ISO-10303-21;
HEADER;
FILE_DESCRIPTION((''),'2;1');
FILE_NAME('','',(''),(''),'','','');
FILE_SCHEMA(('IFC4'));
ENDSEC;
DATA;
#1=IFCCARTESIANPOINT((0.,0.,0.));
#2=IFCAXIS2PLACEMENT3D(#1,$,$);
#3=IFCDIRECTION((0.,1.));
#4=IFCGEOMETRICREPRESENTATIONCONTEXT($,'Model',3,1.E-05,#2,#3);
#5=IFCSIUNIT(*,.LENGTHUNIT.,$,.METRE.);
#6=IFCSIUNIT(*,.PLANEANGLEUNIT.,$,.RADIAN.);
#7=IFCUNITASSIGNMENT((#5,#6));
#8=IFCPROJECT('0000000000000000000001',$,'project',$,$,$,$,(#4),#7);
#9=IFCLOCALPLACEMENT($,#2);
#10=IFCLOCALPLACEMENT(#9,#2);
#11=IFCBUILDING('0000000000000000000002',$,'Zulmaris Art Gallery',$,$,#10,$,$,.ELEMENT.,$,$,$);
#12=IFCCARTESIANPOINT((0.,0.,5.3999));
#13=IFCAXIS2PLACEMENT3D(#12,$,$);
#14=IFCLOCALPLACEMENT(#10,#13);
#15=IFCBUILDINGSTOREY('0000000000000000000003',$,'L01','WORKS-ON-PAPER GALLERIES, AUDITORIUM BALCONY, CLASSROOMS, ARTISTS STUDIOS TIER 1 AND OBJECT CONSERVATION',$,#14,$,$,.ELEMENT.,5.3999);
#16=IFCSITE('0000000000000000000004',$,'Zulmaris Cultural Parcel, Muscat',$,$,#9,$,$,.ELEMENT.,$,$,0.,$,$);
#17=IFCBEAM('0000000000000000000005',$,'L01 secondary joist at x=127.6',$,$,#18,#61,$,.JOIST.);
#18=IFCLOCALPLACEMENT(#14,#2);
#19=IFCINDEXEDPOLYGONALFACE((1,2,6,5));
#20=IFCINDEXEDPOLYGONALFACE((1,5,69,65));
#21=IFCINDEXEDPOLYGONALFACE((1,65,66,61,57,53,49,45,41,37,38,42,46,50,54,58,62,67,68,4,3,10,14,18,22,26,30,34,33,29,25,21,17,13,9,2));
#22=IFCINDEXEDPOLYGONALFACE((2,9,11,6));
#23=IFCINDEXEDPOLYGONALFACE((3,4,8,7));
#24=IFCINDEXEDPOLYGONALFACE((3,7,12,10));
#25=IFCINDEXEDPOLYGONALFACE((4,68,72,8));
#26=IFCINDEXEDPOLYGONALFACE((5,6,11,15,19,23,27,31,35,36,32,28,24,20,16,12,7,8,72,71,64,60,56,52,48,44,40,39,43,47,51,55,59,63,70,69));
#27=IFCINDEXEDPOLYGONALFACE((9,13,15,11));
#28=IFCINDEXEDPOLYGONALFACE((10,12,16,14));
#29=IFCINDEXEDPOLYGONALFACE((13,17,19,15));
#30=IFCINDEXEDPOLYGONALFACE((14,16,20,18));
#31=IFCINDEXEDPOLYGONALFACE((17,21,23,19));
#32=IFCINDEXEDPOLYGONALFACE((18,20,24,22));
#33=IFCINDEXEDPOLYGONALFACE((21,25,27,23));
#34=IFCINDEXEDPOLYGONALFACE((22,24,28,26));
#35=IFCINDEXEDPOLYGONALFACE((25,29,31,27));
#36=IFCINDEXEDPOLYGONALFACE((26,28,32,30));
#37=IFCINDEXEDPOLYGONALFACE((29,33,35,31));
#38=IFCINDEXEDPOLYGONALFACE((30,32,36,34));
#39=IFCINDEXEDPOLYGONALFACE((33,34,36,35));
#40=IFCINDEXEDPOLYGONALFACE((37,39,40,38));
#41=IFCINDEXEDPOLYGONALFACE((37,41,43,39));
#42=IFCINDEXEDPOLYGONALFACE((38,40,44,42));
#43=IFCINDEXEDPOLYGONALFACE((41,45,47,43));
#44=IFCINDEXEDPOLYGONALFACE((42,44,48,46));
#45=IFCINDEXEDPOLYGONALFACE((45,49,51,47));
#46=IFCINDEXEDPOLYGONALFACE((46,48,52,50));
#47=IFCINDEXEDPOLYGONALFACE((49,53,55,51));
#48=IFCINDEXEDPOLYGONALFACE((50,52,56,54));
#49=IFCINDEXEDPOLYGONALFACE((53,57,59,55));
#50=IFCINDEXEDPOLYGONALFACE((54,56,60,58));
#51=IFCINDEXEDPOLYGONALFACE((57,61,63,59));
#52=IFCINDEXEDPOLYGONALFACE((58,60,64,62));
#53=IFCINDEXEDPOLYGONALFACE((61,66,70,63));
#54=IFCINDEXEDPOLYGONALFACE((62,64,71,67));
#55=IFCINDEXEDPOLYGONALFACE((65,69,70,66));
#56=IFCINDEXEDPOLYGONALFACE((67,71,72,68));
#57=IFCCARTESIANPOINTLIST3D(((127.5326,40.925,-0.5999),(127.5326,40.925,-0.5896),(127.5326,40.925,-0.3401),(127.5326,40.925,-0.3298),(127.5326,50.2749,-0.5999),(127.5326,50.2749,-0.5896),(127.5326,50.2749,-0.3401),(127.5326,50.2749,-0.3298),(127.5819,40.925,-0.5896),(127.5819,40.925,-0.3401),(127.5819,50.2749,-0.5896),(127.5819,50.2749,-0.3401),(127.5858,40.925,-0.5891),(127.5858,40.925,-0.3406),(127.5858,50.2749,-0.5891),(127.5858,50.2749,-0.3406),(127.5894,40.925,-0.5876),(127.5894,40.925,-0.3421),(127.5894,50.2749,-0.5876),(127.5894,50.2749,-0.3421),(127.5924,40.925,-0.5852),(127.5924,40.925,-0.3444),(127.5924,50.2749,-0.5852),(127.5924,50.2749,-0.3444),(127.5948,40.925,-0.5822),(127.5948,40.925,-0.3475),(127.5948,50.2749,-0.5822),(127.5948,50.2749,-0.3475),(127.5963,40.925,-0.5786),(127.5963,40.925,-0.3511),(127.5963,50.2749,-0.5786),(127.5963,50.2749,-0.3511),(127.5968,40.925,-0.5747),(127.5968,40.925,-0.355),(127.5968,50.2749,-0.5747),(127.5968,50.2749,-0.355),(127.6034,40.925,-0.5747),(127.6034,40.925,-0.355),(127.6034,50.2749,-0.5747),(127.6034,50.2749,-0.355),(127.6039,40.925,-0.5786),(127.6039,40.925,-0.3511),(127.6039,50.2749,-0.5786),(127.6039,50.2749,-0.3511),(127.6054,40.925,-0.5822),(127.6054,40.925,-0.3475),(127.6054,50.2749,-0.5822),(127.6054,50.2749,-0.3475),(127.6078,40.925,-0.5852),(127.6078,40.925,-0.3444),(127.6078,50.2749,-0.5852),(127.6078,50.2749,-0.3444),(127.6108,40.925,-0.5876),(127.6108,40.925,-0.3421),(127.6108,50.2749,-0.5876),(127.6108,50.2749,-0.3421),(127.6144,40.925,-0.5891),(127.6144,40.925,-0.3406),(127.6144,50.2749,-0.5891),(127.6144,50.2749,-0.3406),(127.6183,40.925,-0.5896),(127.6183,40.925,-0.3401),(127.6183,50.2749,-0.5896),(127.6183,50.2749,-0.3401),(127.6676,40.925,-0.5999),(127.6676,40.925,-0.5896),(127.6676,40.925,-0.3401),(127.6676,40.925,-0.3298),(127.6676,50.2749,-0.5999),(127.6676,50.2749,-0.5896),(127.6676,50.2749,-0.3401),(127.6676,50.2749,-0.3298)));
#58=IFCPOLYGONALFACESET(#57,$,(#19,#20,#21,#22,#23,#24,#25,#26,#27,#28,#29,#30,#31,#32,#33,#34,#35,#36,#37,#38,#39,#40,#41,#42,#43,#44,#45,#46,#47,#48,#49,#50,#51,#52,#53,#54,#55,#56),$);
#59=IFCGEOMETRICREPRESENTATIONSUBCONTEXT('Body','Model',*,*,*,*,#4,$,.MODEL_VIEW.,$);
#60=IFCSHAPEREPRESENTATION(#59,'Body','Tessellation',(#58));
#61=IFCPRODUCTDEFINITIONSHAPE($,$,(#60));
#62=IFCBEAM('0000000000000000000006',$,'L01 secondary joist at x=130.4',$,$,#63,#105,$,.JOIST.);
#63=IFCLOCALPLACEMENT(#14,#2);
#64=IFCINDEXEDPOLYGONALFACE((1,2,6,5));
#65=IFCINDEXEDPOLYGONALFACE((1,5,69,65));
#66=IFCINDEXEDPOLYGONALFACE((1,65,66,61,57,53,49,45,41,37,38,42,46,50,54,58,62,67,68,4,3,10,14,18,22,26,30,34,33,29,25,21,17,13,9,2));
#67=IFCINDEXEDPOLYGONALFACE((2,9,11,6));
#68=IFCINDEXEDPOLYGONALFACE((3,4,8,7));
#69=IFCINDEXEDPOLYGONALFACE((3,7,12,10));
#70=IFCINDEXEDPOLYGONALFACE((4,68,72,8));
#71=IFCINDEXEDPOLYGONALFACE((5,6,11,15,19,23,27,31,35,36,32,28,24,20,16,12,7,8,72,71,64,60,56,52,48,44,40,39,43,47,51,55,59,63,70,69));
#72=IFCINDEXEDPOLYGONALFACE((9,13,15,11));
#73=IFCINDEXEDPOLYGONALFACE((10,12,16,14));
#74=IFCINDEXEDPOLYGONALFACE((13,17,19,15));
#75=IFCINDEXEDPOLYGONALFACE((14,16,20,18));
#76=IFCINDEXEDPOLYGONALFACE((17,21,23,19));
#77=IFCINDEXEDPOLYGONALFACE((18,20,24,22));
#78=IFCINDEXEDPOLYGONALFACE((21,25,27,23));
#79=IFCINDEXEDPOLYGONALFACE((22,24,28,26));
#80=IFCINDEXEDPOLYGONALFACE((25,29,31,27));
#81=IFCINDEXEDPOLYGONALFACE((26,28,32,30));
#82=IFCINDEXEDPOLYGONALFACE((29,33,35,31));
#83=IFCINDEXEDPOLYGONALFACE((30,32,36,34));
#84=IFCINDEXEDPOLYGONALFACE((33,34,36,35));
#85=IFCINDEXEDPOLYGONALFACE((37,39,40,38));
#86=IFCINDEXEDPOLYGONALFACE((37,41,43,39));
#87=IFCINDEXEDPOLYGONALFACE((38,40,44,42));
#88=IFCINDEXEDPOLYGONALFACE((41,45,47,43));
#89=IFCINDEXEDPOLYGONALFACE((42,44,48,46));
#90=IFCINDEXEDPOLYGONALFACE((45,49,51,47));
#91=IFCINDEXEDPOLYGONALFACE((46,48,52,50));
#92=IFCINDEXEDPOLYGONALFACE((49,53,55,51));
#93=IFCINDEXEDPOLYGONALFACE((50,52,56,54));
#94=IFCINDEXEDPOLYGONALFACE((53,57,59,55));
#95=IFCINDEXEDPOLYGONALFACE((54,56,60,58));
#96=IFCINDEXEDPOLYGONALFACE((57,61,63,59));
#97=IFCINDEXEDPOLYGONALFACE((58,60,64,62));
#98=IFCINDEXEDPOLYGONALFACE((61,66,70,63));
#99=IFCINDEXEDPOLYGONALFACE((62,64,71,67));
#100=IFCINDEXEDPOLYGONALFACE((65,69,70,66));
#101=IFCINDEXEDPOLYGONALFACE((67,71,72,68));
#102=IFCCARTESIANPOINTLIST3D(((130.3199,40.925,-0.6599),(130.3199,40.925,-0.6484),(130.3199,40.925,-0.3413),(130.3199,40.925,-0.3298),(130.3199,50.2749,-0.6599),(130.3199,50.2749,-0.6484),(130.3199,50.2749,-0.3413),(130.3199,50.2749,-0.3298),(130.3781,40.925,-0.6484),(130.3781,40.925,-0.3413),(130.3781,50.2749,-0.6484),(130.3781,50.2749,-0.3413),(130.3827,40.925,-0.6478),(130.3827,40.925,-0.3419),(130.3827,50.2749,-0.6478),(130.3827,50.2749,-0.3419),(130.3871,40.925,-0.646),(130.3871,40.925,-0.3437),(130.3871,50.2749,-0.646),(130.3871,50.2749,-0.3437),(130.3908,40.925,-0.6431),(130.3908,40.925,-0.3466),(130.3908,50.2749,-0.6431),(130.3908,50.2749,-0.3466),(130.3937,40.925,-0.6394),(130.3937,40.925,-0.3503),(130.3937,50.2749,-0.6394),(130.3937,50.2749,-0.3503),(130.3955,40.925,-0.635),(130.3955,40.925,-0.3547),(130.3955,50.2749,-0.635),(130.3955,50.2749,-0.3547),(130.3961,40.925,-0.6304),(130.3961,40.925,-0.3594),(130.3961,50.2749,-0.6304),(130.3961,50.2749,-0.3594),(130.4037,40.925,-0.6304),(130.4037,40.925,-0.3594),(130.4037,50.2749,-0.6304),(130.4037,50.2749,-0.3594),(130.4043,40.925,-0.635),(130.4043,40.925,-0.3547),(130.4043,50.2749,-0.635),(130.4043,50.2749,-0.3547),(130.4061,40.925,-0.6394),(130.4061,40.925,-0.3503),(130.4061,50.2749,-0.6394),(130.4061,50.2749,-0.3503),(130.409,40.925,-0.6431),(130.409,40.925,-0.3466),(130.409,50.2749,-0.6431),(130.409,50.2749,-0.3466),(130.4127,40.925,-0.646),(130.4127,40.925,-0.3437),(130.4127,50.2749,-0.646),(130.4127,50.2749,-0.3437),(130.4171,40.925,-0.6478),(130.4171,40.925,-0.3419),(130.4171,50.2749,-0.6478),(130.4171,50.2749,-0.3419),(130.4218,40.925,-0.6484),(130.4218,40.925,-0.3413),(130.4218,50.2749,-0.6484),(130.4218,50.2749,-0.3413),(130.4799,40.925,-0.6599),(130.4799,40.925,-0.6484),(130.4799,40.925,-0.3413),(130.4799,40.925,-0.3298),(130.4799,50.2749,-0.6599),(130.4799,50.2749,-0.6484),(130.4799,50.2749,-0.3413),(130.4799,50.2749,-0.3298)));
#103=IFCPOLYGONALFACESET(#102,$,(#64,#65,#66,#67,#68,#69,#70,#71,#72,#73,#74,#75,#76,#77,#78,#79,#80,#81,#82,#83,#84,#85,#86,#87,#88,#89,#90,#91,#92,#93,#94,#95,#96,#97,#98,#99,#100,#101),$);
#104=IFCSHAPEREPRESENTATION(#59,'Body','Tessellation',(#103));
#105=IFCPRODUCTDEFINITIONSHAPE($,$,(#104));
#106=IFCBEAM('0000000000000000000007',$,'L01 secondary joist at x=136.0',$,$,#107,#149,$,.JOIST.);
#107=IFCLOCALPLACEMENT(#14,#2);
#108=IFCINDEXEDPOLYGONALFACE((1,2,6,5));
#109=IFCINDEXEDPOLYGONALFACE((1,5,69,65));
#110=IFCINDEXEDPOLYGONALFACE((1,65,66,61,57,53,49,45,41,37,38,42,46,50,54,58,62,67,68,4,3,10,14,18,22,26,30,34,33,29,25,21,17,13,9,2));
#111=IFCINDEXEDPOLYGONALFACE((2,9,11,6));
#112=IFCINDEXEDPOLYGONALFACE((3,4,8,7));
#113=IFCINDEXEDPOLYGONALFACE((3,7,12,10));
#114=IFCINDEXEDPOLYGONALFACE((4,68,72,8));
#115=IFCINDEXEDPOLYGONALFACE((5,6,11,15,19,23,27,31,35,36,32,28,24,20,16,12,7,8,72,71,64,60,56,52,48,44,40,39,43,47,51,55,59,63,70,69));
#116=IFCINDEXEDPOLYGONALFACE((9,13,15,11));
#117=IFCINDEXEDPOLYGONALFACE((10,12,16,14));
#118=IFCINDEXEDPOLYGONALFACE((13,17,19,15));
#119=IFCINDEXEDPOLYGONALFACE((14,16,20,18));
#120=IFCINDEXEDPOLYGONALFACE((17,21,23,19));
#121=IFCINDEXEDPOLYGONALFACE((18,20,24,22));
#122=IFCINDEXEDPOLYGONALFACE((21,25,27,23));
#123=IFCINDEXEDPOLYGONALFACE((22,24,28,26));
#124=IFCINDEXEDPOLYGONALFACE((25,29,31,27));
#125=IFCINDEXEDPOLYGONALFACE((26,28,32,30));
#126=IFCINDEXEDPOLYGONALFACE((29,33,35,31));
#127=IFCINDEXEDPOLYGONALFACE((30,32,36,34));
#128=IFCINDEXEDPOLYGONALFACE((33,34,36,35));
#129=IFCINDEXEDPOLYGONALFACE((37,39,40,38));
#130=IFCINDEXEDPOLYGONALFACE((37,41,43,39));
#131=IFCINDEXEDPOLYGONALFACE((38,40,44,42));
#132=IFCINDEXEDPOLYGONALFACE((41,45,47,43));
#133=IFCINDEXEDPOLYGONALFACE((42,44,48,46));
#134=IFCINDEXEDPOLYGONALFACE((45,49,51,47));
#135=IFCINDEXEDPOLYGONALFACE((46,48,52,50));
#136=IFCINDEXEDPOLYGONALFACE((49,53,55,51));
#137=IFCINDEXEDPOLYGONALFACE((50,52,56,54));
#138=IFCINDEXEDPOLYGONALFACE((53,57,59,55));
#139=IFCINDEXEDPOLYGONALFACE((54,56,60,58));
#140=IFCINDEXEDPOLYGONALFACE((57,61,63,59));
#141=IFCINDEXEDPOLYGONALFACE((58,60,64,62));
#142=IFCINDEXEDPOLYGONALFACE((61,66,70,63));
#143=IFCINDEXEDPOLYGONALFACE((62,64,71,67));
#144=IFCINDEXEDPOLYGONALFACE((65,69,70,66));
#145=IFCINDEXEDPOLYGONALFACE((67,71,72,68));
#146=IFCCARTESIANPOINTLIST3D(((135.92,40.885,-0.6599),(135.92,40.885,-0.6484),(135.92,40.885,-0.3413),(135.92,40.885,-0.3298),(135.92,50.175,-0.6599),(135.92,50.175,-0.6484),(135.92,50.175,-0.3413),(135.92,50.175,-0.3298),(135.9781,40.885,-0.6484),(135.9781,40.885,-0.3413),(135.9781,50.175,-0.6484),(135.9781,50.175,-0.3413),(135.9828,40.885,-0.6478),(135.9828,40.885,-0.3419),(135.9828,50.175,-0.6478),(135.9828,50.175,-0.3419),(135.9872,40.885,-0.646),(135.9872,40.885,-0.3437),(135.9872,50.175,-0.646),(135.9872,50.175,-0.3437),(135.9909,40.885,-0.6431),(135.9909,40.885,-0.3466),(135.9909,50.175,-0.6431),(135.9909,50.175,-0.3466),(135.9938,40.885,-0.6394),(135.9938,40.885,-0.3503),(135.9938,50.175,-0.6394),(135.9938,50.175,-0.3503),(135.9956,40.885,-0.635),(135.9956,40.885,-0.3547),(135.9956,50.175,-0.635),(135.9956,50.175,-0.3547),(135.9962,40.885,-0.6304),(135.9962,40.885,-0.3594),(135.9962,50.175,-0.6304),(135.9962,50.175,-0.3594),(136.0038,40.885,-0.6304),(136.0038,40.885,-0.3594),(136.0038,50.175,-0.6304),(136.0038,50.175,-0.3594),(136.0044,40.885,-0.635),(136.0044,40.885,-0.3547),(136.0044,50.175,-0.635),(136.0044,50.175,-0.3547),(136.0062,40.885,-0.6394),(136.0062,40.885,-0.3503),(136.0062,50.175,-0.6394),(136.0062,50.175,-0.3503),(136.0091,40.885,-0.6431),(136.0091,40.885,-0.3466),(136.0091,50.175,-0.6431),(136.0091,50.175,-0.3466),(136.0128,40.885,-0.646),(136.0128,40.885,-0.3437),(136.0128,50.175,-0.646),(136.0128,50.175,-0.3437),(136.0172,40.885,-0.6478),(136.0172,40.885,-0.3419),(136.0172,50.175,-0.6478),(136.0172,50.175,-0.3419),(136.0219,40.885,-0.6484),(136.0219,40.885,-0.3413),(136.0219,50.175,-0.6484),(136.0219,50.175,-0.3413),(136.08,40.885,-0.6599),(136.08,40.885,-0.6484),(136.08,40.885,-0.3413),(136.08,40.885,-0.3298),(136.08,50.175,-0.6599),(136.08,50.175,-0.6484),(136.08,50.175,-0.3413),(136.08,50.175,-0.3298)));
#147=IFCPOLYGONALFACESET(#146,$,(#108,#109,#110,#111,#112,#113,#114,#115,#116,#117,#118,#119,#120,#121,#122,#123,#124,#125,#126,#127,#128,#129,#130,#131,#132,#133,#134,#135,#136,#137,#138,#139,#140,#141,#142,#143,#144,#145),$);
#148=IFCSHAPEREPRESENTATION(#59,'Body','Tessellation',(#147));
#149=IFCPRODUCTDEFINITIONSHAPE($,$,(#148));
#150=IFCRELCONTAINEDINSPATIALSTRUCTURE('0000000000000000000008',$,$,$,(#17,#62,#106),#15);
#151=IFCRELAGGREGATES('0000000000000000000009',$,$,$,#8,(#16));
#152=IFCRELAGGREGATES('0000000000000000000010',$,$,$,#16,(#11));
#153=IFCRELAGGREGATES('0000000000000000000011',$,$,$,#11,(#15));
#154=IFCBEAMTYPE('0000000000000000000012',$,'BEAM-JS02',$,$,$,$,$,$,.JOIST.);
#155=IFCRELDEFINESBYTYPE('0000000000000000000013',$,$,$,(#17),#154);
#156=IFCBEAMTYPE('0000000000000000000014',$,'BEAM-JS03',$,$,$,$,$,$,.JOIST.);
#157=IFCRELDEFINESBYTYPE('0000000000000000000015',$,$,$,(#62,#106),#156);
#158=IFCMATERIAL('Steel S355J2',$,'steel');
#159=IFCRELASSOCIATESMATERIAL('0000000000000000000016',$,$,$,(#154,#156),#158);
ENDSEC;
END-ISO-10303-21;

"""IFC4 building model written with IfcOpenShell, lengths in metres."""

from ifc_helpers import new_model, si_unit, direction, frame, origin, origin_2d, place, context, subcontext, project, spatial, i_section, extrude, material, material_profile, profile_set, type_object, element, save


model = new_model("IFC4")

# Units and contexts
model_context = context("Model", 3, precision=1e-05, world=origin(), true_north=direction((0.0, 1.0)))
body_context = subcontext(model_context, "Body", "Model", "MODEL_VIEW")
ifc_project = project(units=[si_unit("LENGTHUNIT", "METRE"), si_unit("PLANEANGLEUNIT", "RADIAN")], contexts=[model_context])

# Site, building, storey
site_placement = place(None, origin())
site = spatial("IfcSite", under=ifc_project, at=site_placement, Name="Zulmaris Cultural Parcel, Muscat", CompositionType="ELEMENT", RefElevation=0.0)
building_placement = place(site_placement, origin())
building = spatial("IfcBuilding", under=site, at=building_placement, Name="Zulmaris Art Gallery", CompositionType="ELEMENT")
storey_placement = place(building_placement, frame((0.0, 0.0, 5.3999)))
storey = spatial("IfcBuildingStorey", under=building, at=storey_placement, Name="L01", Description="WORKS-ON-PAPER GALLERIES, AUDITORIUM BALCONY, CLASSROOMS, ARTISTS STUDIOS TIER 1 AND OBJECT CONSERVATION", CompositionType="ELEMENT", Elevation=5.3999)

# Beams
ifc_material_1 = material(Name="Steel S355J2", Category="steel")
ifc_material_profile_1 = material_profile(ifc_material_1, i_section(OverallWidth=0.135, OverallDepth=0.27, WebThickness=0.0066, FlangeThickness=0.0103, FilletRadius=0.0149, at=origin_2d()), Name="IPE 270")
ifc_profile_set_1 = profile_set([ifc_material_profile_1], Name="Steel S355J2")
beam_type_1 = type_object("IfcBeamType", Name="BEAM-JS02", PredefinedType="JOIST", material=ifc_profile_set_1)
beam_1_placement = place(storey_placement, frame((127.6001, 40.925, -0.4648), z_axis=(0.0, 1.0, 0.0), x_axis=(-1.0, 0.0, 0.0)))
element("IfcBeam", 1, at=beam_1_placement, inside=storey, type_object=beam_type_1, Name="L01 secondary joist at x=127.6", PredefinedType="JOIST", context=body_context, shape_type="SweptSolid", body=[
    extrude(i_section(OverallWidth=0.135, OverallDepth=0.27, WebThickness=0.0066, FlangeThickness=0.0103, FilletRadius=0.0149, at=origin_2d()), origin(), (0.0, 0.0, 1.0), 9.3499),
])
ifc_material_profile_2 = material_profile(ifc_material_1, i_section(OverallWidth=0.1599, OverallDepth=0.3301, WebThickness=0.0076, FlangeThickness=0.0115, FilletRadius=0.0181, at=origin_2d()), Name="IPE 330")
ifc_profile_set_2 = profile_set([ifc_material_profile_2], Name="Steel S355J2")
beam_type_2 = type_object("IfcBeamType", Name="BEAM-JS03", PredefinedType="JOIST", material=ifc_profile_set_2)
beam_2_placement = place(storey_placement, frame((130.3999, 40.925, -0.4949), z_axis=(0.0, 1.0, 0.0), x_axis=(-1.0, 0.0, 0.0)))
element("IfcBeam", 2, at=beam_2_placement, inside=storey, type_object=beam_type_2, Name="L01 secondary joist at x=130.4", PredefinedType="JOIST", context=body_context, shape_type="SweptSolid", body=[
    extrude(i_section(OverallWidth=0.1599, OverallDepth=0.3301, WebThickness=0.0076, FlangeThickness=0.0115, FilletRadius=0.0181, at=origin_2d()), origin(), (0.0, 0.0, 1.0), 9.3499),
])
beam_3_placement = place(storey_placement, frame((136.0, 40.885, -0.4949), z_axis=(0.0, 1.0, 0.0), x_axis=(-1.0, 0.0, 0.0)))
element("IfcBeam", 3, at=beam_3_placement, inside=storey, type_object=beam_type_2, Name="L01 secondary joist at x=136.0", PredefinedType="JOIST", context=body_context, shape_type="SweptSolid", body=[
    extrude(i_section(OverallWidth=0.1599, OverallDepth=0.3301, WebThickness=0.0076, FlangeThickness=0.0115, FilletRadius=0.0181, at=origin_2d()), origin(), (0.0, 0.0, 1.0), 9.29),
])

save(model, "model.ifc")
